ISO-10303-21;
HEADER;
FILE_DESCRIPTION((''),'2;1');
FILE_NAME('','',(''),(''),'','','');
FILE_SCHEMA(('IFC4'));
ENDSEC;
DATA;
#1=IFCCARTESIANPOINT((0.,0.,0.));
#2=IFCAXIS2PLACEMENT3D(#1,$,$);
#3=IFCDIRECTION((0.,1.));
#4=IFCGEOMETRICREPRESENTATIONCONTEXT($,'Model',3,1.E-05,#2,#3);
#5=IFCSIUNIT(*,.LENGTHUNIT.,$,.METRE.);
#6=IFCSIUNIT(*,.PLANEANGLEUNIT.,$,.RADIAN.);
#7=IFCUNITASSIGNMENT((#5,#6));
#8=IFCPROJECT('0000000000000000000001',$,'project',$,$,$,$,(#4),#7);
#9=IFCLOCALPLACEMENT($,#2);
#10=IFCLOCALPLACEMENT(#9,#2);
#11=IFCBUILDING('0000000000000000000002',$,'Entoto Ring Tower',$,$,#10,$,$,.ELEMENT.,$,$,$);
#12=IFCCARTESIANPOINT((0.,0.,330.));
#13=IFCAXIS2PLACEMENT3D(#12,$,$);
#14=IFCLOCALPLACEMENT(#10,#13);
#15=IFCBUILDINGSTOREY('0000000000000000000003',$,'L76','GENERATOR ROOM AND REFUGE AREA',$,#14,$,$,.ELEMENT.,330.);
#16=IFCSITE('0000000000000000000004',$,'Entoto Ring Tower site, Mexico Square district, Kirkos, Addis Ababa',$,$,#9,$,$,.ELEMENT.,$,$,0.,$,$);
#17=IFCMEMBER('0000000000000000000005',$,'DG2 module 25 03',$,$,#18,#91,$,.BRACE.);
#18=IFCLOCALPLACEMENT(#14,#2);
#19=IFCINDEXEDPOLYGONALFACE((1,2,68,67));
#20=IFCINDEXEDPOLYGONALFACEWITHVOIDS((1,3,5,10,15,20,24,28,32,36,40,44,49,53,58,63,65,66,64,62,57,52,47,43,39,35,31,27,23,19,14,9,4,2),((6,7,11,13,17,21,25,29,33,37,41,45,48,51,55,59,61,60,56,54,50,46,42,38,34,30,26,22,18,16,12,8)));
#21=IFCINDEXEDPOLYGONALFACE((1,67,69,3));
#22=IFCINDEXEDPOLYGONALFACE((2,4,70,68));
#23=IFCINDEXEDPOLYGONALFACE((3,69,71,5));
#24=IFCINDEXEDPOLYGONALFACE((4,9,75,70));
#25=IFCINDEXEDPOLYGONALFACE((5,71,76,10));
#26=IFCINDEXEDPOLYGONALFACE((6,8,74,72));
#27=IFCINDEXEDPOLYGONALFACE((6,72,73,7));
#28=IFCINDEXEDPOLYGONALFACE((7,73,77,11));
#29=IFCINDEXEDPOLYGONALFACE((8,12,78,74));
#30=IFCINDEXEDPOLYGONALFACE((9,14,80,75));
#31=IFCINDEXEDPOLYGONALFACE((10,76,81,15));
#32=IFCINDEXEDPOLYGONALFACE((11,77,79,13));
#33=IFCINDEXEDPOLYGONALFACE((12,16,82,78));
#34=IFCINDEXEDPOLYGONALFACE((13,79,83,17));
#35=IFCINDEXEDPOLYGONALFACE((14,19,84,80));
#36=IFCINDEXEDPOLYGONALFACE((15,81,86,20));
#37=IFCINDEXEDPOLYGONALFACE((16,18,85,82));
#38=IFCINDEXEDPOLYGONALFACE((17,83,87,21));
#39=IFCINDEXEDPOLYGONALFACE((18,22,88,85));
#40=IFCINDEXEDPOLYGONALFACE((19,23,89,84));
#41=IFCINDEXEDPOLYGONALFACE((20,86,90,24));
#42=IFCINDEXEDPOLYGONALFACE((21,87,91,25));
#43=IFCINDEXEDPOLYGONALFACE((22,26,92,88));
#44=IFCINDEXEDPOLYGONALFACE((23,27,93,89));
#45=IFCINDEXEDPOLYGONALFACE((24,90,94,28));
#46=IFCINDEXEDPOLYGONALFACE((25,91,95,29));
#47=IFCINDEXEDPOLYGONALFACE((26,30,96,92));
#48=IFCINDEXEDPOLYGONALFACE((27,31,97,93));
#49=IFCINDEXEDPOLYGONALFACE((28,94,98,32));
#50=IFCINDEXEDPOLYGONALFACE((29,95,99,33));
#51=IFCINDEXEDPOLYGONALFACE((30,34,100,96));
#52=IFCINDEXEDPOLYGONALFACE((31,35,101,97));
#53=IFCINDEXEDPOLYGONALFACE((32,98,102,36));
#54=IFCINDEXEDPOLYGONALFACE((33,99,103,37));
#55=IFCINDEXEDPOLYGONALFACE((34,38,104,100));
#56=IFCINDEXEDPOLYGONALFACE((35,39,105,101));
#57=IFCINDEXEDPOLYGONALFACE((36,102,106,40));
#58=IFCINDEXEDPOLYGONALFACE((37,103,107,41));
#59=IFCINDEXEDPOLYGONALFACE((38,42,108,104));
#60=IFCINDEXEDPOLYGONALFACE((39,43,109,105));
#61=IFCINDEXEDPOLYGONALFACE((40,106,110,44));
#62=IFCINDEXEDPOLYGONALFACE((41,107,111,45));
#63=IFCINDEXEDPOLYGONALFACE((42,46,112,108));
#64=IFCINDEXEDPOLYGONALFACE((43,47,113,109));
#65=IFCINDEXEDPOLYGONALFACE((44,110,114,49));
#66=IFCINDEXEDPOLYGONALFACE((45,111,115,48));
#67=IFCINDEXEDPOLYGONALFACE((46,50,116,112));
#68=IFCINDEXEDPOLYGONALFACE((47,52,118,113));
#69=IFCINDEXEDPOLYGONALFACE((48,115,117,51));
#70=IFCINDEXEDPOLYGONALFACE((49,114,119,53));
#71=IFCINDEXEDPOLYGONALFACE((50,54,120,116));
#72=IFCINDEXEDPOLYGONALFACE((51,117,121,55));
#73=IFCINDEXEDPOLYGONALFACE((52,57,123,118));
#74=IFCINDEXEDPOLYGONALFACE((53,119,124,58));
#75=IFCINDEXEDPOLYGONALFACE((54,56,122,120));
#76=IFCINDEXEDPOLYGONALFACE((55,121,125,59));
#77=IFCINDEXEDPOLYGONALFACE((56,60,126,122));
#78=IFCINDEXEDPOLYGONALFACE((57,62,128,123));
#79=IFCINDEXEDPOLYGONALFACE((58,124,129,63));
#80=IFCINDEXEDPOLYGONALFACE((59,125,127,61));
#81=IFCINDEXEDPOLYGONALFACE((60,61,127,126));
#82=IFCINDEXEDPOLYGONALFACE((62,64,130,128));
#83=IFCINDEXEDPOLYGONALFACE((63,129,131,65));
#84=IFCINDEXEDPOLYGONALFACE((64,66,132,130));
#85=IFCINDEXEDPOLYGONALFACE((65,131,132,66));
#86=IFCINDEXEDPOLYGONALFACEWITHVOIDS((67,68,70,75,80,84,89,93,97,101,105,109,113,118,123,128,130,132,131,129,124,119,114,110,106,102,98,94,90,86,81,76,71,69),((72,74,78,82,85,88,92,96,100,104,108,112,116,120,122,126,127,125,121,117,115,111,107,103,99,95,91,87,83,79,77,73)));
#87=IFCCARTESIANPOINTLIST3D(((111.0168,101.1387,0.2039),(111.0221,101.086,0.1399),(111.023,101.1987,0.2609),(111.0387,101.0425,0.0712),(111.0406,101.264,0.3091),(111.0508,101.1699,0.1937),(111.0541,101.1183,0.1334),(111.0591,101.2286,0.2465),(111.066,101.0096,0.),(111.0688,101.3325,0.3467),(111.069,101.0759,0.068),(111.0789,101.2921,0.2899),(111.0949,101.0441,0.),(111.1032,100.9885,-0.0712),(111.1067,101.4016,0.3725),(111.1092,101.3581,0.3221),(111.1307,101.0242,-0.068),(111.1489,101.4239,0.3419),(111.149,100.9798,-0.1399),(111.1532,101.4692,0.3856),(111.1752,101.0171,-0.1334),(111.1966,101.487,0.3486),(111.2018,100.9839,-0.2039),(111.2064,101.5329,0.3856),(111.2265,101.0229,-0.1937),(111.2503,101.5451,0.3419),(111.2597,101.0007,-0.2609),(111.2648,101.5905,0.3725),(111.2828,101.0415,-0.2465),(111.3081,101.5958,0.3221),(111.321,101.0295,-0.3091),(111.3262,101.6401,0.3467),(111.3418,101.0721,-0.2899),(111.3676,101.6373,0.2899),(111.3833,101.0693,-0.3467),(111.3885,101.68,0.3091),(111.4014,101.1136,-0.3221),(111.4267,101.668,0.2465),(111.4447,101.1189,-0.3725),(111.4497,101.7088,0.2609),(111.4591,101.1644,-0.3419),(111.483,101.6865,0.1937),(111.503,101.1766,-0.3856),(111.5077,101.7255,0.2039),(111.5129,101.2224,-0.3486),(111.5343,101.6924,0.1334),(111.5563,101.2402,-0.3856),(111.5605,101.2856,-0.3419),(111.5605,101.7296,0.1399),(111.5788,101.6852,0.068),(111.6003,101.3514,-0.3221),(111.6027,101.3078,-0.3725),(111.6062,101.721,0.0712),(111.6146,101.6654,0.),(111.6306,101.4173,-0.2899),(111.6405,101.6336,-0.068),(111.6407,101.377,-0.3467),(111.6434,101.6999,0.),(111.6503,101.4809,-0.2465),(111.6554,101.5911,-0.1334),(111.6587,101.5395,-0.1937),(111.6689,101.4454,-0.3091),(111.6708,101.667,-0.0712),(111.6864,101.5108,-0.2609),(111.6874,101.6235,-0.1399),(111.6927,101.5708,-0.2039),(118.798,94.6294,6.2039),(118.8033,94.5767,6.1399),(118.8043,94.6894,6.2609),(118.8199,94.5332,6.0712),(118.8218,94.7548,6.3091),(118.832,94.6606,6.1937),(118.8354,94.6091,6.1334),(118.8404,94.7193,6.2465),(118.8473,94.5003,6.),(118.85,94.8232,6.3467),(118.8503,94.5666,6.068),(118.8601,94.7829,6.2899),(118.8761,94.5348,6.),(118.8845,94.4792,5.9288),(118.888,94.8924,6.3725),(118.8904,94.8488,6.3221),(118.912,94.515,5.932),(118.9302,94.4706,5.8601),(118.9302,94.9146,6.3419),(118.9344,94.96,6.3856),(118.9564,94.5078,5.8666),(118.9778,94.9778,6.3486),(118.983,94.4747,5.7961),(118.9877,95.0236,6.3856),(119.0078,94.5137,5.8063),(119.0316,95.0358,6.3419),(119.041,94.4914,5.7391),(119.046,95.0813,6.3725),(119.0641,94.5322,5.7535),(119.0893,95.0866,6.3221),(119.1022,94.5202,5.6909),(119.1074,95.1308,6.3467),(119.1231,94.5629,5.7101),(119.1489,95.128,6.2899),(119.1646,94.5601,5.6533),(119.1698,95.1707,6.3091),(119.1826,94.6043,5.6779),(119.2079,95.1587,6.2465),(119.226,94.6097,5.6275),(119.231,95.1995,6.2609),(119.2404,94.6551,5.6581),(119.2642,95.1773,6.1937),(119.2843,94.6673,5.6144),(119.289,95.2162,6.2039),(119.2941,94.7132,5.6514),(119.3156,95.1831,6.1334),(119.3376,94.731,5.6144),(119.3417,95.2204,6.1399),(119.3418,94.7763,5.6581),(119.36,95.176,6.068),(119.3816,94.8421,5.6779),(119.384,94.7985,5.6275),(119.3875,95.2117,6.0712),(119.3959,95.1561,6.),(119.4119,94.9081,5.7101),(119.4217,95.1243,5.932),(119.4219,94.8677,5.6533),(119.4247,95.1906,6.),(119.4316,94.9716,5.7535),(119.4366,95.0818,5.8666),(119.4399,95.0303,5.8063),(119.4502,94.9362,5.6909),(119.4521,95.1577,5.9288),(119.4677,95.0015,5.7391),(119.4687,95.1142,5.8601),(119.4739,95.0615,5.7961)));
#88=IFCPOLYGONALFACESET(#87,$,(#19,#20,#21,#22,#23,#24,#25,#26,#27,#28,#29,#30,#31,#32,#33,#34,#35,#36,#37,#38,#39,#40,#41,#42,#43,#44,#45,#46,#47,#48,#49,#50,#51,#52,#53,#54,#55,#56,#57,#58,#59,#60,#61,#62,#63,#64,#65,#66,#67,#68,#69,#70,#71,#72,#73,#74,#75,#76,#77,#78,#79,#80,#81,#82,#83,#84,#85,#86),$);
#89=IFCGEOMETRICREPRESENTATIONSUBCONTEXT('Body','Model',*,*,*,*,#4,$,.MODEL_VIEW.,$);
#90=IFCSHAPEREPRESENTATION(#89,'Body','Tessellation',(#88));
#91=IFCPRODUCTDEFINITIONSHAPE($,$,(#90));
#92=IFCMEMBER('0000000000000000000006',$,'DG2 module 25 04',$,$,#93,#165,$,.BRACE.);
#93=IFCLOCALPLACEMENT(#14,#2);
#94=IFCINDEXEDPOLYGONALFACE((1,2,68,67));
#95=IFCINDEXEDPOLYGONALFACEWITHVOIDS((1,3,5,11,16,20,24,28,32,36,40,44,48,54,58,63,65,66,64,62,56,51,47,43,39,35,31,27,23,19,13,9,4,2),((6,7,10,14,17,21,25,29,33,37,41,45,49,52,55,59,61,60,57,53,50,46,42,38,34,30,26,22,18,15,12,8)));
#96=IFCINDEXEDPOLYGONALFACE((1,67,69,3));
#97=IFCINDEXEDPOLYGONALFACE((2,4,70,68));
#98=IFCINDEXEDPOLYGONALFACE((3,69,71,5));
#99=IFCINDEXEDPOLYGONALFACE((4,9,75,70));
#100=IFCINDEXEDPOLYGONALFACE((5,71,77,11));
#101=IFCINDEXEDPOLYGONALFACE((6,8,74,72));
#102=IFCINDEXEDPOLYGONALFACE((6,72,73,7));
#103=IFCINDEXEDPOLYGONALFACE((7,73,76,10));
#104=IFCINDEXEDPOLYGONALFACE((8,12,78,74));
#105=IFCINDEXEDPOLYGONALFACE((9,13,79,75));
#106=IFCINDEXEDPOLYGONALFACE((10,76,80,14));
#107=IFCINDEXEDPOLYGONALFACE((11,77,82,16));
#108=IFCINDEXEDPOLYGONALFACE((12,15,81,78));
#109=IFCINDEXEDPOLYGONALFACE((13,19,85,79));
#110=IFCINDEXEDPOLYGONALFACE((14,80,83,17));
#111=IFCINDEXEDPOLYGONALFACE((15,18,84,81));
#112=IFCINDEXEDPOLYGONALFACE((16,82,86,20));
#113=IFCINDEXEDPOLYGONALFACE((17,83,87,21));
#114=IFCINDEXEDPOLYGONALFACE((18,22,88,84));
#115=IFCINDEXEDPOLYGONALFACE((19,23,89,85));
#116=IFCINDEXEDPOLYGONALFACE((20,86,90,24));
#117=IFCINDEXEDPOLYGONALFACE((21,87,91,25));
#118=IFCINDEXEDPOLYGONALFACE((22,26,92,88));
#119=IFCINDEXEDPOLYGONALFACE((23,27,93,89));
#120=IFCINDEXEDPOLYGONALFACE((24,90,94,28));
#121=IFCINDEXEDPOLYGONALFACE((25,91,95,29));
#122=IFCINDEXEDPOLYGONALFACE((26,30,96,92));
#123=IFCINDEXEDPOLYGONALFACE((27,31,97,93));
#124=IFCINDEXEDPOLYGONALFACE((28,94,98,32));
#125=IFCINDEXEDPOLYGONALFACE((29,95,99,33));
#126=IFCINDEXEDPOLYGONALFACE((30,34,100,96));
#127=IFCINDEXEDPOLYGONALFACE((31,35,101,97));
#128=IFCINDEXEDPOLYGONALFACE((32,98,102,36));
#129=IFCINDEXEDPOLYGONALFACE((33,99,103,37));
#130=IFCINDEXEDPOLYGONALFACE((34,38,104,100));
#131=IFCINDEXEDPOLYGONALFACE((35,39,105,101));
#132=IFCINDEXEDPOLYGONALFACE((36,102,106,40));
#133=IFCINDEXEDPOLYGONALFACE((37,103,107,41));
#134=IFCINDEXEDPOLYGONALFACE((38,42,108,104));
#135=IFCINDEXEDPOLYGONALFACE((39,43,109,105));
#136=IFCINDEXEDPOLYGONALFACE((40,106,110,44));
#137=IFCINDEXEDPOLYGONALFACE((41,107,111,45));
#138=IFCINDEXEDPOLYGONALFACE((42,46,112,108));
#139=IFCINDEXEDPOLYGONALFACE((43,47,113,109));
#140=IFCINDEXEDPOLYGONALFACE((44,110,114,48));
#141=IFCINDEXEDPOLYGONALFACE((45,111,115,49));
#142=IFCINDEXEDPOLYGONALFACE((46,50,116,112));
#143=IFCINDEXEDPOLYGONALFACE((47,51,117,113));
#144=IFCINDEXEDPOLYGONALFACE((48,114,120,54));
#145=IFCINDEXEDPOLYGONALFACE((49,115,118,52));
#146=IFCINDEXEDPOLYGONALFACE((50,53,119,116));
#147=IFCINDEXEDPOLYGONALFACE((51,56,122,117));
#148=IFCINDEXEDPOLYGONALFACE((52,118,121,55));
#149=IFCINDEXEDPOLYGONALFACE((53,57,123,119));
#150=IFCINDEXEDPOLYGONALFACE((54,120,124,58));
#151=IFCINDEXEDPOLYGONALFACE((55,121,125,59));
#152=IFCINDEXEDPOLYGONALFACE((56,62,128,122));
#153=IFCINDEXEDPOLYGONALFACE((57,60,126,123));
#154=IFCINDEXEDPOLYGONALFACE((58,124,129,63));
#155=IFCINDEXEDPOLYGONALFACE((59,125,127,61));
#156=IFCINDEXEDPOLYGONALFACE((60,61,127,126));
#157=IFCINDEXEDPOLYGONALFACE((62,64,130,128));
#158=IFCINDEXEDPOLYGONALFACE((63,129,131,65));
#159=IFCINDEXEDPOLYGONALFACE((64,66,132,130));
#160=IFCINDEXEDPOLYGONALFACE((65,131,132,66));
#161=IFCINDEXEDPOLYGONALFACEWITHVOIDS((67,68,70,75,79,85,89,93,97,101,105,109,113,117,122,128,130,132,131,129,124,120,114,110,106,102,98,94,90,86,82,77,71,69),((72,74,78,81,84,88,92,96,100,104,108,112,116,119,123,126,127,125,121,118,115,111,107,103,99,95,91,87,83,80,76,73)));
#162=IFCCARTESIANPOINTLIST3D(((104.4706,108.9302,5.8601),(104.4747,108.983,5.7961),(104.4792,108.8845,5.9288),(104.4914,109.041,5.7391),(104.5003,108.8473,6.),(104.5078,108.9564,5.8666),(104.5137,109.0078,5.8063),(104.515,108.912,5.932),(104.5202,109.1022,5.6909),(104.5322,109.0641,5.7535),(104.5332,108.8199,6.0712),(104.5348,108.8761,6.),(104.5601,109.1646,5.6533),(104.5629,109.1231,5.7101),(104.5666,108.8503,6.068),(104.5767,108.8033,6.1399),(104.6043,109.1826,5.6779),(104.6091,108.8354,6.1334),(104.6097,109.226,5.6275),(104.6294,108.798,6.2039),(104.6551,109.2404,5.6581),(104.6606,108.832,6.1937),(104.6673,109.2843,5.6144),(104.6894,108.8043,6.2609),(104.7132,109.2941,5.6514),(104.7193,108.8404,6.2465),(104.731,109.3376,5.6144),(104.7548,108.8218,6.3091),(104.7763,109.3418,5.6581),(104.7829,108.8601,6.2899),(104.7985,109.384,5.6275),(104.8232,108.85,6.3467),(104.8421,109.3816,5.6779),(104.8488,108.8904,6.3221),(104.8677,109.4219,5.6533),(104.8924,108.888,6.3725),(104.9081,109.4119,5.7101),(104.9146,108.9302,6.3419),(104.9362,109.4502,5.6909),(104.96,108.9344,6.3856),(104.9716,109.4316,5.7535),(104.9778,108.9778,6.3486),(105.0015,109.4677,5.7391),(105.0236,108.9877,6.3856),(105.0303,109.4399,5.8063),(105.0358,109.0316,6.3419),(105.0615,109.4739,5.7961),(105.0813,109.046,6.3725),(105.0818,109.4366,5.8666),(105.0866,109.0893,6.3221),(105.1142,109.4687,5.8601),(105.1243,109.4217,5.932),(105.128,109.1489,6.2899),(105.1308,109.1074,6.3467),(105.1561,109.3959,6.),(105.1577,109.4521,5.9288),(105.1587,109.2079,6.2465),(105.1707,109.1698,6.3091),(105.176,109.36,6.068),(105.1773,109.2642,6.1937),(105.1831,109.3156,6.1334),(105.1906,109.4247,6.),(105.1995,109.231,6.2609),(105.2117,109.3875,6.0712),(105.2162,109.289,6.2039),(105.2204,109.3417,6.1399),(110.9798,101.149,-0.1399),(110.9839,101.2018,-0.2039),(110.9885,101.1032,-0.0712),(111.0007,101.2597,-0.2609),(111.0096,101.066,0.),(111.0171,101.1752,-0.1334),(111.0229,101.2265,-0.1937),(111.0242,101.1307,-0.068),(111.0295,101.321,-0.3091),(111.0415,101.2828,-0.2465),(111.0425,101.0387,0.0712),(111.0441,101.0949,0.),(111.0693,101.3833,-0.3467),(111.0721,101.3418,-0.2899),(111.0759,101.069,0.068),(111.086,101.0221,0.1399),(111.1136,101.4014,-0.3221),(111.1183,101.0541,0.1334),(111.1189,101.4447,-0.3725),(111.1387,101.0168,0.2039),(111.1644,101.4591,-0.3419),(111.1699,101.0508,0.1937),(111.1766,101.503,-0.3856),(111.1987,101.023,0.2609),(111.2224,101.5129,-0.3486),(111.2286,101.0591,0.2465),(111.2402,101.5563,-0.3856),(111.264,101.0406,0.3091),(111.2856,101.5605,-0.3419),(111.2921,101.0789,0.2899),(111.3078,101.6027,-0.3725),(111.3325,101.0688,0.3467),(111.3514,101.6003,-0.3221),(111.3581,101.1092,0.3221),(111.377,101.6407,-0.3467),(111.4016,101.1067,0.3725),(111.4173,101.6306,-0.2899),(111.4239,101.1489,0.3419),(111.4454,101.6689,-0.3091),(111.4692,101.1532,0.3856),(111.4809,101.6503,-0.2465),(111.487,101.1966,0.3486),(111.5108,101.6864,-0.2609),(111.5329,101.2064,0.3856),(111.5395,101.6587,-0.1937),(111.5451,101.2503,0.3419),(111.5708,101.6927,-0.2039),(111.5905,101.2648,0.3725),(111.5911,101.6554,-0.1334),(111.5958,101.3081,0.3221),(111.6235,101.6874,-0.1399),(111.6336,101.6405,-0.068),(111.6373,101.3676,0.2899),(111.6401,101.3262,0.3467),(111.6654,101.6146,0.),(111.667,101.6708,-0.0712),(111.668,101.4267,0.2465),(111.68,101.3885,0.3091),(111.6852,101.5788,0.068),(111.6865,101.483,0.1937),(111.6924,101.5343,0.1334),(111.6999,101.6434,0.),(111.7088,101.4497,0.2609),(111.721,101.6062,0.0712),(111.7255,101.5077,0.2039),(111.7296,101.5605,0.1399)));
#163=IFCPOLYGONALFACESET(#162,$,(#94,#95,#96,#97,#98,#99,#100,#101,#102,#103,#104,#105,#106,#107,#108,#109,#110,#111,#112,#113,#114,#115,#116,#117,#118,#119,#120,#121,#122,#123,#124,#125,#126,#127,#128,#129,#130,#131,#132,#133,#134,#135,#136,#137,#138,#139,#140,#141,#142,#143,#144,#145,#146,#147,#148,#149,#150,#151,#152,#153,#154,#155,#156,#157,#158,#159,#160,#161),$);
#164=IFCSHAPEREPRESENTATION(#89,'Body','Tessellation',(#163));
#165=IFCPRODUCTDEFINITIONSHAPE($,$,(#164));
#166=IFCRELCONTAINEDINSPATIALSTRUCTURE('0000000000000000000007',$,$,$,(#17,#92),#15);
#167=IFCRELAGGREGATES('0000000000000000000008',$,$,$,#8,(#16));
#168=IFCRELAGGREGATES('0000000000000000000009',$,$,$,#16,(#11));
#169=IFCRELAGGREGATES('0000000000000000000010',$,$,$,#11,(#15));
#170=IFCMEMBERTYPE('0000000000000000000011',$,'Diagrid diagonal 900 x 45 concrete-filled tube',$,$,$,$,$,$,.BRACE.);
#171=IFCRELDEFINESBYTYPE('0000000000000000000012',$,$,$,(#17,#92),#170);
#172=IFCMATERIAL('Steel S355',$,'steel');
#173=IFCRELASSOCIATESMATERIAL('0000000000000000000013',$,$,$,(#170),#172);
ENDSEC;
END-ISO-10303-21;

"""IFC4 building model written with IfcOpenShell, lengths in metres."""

from ifc_helpers import new_model, si_unit, direction, frame, origin, origin_2d, place, context, subcontext, project, spatial, circle, hollow_circle, extrude, material, material_profile, profile_set, type_object, element, save


model = new_model("IFC4")

# Units and contexts
model_context = context("Model", 3, precision=1e-05, world=origin(), true_north=direction((0.0, 1.0)))
body_context = subcontext(model_context, "Body", "Model", "MODEL_VIEW")
ifc_project = project(units=[si_unit("LENGTHUNIT", "METRE"), si_unit("PLANEANGLEUNIT", "RADIAN")], contexts=[model_context])

# Site, building, storey
site_placement = place(None, origin())
site = spatial("IfcSite", under=ifc_project, at=site_placement, Name="Entoto Ring Tower site, Mexico Square district, Kirkos, Addis Ababa", CompositionType="ELEMENT", RefElevation=0.0)
building_placement = place(site_placement, origin())
building = spatial("IfcBuilding", under=site, at=building_placement, Name="Entoto Ring Tower", CompositionType="ELEMENT")
storey_placement = place(building_placement, frame((0.0, 0.0, 330.0)))
storey = spatial("IfcBuildingStorey", under=building, at=storey_placement, Name="L76", Description="GENERATOR ROOM AND REFUGE AREA", CompositionType="ELEMENT", Elevation=330.0)

# Members
ifc_material_1 = material(Name="Steel S355", Category="steel")
ifc_material_profile_1 = material_profile(ifc_material_1, hollow_circle(Radius=0.45, WallThickness=0.0449, at=origin_2d()), Name="CHS 900 x 45")
ifc_material_2 = material(Name="Concrete C60/75", Category="concrete")
ifc_material_profile_2 = material_profile(ifc_material_2, circle(Radius=0.405, at=origin_2d()), Name="Concrete C60/75 infill")
ifc_profile_set_1 = profile_set([ifc_material_profile_1, ifc_material_profile_2], Name="Steel S355")
member_type_1 = type_object("IfcMemberType", Name="Diagrid diagonal 900 x 45 concrete-filled tube", PredefinedType="BRACE", material=ifc_profile_set_1)
for number, where, z_axis, x_axis, name in (
    (1, (111.3547, 101.3547, 0.0), (0.66019, -0.552272, 0.509063), (0.641632, 0.767013, 0.0), "DG2 module 25 03"),
    (2, (111.3547, 101.3547, 0.0), (-0.552272, 0.66019, 0.509063), (-0.767013, -0.641632, 0.0), "DG2 module 25 04"),
):
    element("IfcMember", number, at=place(storey_placement, frame(where, z_axis=z_axis, x_axis=x_axis)), inside=storey, type_object=member_type_1, Name=name, PredefinedType="BRACE", context=body_context, shape_type="SweptSolid", body=[
        extrude(hollow_circle(Radius=0.45, WallThickness=0.0449, at=origin_2d()), origin(), (0.0, 0.0, 1.0), 11.7864),
    ])

save(model, "model.ifc")
